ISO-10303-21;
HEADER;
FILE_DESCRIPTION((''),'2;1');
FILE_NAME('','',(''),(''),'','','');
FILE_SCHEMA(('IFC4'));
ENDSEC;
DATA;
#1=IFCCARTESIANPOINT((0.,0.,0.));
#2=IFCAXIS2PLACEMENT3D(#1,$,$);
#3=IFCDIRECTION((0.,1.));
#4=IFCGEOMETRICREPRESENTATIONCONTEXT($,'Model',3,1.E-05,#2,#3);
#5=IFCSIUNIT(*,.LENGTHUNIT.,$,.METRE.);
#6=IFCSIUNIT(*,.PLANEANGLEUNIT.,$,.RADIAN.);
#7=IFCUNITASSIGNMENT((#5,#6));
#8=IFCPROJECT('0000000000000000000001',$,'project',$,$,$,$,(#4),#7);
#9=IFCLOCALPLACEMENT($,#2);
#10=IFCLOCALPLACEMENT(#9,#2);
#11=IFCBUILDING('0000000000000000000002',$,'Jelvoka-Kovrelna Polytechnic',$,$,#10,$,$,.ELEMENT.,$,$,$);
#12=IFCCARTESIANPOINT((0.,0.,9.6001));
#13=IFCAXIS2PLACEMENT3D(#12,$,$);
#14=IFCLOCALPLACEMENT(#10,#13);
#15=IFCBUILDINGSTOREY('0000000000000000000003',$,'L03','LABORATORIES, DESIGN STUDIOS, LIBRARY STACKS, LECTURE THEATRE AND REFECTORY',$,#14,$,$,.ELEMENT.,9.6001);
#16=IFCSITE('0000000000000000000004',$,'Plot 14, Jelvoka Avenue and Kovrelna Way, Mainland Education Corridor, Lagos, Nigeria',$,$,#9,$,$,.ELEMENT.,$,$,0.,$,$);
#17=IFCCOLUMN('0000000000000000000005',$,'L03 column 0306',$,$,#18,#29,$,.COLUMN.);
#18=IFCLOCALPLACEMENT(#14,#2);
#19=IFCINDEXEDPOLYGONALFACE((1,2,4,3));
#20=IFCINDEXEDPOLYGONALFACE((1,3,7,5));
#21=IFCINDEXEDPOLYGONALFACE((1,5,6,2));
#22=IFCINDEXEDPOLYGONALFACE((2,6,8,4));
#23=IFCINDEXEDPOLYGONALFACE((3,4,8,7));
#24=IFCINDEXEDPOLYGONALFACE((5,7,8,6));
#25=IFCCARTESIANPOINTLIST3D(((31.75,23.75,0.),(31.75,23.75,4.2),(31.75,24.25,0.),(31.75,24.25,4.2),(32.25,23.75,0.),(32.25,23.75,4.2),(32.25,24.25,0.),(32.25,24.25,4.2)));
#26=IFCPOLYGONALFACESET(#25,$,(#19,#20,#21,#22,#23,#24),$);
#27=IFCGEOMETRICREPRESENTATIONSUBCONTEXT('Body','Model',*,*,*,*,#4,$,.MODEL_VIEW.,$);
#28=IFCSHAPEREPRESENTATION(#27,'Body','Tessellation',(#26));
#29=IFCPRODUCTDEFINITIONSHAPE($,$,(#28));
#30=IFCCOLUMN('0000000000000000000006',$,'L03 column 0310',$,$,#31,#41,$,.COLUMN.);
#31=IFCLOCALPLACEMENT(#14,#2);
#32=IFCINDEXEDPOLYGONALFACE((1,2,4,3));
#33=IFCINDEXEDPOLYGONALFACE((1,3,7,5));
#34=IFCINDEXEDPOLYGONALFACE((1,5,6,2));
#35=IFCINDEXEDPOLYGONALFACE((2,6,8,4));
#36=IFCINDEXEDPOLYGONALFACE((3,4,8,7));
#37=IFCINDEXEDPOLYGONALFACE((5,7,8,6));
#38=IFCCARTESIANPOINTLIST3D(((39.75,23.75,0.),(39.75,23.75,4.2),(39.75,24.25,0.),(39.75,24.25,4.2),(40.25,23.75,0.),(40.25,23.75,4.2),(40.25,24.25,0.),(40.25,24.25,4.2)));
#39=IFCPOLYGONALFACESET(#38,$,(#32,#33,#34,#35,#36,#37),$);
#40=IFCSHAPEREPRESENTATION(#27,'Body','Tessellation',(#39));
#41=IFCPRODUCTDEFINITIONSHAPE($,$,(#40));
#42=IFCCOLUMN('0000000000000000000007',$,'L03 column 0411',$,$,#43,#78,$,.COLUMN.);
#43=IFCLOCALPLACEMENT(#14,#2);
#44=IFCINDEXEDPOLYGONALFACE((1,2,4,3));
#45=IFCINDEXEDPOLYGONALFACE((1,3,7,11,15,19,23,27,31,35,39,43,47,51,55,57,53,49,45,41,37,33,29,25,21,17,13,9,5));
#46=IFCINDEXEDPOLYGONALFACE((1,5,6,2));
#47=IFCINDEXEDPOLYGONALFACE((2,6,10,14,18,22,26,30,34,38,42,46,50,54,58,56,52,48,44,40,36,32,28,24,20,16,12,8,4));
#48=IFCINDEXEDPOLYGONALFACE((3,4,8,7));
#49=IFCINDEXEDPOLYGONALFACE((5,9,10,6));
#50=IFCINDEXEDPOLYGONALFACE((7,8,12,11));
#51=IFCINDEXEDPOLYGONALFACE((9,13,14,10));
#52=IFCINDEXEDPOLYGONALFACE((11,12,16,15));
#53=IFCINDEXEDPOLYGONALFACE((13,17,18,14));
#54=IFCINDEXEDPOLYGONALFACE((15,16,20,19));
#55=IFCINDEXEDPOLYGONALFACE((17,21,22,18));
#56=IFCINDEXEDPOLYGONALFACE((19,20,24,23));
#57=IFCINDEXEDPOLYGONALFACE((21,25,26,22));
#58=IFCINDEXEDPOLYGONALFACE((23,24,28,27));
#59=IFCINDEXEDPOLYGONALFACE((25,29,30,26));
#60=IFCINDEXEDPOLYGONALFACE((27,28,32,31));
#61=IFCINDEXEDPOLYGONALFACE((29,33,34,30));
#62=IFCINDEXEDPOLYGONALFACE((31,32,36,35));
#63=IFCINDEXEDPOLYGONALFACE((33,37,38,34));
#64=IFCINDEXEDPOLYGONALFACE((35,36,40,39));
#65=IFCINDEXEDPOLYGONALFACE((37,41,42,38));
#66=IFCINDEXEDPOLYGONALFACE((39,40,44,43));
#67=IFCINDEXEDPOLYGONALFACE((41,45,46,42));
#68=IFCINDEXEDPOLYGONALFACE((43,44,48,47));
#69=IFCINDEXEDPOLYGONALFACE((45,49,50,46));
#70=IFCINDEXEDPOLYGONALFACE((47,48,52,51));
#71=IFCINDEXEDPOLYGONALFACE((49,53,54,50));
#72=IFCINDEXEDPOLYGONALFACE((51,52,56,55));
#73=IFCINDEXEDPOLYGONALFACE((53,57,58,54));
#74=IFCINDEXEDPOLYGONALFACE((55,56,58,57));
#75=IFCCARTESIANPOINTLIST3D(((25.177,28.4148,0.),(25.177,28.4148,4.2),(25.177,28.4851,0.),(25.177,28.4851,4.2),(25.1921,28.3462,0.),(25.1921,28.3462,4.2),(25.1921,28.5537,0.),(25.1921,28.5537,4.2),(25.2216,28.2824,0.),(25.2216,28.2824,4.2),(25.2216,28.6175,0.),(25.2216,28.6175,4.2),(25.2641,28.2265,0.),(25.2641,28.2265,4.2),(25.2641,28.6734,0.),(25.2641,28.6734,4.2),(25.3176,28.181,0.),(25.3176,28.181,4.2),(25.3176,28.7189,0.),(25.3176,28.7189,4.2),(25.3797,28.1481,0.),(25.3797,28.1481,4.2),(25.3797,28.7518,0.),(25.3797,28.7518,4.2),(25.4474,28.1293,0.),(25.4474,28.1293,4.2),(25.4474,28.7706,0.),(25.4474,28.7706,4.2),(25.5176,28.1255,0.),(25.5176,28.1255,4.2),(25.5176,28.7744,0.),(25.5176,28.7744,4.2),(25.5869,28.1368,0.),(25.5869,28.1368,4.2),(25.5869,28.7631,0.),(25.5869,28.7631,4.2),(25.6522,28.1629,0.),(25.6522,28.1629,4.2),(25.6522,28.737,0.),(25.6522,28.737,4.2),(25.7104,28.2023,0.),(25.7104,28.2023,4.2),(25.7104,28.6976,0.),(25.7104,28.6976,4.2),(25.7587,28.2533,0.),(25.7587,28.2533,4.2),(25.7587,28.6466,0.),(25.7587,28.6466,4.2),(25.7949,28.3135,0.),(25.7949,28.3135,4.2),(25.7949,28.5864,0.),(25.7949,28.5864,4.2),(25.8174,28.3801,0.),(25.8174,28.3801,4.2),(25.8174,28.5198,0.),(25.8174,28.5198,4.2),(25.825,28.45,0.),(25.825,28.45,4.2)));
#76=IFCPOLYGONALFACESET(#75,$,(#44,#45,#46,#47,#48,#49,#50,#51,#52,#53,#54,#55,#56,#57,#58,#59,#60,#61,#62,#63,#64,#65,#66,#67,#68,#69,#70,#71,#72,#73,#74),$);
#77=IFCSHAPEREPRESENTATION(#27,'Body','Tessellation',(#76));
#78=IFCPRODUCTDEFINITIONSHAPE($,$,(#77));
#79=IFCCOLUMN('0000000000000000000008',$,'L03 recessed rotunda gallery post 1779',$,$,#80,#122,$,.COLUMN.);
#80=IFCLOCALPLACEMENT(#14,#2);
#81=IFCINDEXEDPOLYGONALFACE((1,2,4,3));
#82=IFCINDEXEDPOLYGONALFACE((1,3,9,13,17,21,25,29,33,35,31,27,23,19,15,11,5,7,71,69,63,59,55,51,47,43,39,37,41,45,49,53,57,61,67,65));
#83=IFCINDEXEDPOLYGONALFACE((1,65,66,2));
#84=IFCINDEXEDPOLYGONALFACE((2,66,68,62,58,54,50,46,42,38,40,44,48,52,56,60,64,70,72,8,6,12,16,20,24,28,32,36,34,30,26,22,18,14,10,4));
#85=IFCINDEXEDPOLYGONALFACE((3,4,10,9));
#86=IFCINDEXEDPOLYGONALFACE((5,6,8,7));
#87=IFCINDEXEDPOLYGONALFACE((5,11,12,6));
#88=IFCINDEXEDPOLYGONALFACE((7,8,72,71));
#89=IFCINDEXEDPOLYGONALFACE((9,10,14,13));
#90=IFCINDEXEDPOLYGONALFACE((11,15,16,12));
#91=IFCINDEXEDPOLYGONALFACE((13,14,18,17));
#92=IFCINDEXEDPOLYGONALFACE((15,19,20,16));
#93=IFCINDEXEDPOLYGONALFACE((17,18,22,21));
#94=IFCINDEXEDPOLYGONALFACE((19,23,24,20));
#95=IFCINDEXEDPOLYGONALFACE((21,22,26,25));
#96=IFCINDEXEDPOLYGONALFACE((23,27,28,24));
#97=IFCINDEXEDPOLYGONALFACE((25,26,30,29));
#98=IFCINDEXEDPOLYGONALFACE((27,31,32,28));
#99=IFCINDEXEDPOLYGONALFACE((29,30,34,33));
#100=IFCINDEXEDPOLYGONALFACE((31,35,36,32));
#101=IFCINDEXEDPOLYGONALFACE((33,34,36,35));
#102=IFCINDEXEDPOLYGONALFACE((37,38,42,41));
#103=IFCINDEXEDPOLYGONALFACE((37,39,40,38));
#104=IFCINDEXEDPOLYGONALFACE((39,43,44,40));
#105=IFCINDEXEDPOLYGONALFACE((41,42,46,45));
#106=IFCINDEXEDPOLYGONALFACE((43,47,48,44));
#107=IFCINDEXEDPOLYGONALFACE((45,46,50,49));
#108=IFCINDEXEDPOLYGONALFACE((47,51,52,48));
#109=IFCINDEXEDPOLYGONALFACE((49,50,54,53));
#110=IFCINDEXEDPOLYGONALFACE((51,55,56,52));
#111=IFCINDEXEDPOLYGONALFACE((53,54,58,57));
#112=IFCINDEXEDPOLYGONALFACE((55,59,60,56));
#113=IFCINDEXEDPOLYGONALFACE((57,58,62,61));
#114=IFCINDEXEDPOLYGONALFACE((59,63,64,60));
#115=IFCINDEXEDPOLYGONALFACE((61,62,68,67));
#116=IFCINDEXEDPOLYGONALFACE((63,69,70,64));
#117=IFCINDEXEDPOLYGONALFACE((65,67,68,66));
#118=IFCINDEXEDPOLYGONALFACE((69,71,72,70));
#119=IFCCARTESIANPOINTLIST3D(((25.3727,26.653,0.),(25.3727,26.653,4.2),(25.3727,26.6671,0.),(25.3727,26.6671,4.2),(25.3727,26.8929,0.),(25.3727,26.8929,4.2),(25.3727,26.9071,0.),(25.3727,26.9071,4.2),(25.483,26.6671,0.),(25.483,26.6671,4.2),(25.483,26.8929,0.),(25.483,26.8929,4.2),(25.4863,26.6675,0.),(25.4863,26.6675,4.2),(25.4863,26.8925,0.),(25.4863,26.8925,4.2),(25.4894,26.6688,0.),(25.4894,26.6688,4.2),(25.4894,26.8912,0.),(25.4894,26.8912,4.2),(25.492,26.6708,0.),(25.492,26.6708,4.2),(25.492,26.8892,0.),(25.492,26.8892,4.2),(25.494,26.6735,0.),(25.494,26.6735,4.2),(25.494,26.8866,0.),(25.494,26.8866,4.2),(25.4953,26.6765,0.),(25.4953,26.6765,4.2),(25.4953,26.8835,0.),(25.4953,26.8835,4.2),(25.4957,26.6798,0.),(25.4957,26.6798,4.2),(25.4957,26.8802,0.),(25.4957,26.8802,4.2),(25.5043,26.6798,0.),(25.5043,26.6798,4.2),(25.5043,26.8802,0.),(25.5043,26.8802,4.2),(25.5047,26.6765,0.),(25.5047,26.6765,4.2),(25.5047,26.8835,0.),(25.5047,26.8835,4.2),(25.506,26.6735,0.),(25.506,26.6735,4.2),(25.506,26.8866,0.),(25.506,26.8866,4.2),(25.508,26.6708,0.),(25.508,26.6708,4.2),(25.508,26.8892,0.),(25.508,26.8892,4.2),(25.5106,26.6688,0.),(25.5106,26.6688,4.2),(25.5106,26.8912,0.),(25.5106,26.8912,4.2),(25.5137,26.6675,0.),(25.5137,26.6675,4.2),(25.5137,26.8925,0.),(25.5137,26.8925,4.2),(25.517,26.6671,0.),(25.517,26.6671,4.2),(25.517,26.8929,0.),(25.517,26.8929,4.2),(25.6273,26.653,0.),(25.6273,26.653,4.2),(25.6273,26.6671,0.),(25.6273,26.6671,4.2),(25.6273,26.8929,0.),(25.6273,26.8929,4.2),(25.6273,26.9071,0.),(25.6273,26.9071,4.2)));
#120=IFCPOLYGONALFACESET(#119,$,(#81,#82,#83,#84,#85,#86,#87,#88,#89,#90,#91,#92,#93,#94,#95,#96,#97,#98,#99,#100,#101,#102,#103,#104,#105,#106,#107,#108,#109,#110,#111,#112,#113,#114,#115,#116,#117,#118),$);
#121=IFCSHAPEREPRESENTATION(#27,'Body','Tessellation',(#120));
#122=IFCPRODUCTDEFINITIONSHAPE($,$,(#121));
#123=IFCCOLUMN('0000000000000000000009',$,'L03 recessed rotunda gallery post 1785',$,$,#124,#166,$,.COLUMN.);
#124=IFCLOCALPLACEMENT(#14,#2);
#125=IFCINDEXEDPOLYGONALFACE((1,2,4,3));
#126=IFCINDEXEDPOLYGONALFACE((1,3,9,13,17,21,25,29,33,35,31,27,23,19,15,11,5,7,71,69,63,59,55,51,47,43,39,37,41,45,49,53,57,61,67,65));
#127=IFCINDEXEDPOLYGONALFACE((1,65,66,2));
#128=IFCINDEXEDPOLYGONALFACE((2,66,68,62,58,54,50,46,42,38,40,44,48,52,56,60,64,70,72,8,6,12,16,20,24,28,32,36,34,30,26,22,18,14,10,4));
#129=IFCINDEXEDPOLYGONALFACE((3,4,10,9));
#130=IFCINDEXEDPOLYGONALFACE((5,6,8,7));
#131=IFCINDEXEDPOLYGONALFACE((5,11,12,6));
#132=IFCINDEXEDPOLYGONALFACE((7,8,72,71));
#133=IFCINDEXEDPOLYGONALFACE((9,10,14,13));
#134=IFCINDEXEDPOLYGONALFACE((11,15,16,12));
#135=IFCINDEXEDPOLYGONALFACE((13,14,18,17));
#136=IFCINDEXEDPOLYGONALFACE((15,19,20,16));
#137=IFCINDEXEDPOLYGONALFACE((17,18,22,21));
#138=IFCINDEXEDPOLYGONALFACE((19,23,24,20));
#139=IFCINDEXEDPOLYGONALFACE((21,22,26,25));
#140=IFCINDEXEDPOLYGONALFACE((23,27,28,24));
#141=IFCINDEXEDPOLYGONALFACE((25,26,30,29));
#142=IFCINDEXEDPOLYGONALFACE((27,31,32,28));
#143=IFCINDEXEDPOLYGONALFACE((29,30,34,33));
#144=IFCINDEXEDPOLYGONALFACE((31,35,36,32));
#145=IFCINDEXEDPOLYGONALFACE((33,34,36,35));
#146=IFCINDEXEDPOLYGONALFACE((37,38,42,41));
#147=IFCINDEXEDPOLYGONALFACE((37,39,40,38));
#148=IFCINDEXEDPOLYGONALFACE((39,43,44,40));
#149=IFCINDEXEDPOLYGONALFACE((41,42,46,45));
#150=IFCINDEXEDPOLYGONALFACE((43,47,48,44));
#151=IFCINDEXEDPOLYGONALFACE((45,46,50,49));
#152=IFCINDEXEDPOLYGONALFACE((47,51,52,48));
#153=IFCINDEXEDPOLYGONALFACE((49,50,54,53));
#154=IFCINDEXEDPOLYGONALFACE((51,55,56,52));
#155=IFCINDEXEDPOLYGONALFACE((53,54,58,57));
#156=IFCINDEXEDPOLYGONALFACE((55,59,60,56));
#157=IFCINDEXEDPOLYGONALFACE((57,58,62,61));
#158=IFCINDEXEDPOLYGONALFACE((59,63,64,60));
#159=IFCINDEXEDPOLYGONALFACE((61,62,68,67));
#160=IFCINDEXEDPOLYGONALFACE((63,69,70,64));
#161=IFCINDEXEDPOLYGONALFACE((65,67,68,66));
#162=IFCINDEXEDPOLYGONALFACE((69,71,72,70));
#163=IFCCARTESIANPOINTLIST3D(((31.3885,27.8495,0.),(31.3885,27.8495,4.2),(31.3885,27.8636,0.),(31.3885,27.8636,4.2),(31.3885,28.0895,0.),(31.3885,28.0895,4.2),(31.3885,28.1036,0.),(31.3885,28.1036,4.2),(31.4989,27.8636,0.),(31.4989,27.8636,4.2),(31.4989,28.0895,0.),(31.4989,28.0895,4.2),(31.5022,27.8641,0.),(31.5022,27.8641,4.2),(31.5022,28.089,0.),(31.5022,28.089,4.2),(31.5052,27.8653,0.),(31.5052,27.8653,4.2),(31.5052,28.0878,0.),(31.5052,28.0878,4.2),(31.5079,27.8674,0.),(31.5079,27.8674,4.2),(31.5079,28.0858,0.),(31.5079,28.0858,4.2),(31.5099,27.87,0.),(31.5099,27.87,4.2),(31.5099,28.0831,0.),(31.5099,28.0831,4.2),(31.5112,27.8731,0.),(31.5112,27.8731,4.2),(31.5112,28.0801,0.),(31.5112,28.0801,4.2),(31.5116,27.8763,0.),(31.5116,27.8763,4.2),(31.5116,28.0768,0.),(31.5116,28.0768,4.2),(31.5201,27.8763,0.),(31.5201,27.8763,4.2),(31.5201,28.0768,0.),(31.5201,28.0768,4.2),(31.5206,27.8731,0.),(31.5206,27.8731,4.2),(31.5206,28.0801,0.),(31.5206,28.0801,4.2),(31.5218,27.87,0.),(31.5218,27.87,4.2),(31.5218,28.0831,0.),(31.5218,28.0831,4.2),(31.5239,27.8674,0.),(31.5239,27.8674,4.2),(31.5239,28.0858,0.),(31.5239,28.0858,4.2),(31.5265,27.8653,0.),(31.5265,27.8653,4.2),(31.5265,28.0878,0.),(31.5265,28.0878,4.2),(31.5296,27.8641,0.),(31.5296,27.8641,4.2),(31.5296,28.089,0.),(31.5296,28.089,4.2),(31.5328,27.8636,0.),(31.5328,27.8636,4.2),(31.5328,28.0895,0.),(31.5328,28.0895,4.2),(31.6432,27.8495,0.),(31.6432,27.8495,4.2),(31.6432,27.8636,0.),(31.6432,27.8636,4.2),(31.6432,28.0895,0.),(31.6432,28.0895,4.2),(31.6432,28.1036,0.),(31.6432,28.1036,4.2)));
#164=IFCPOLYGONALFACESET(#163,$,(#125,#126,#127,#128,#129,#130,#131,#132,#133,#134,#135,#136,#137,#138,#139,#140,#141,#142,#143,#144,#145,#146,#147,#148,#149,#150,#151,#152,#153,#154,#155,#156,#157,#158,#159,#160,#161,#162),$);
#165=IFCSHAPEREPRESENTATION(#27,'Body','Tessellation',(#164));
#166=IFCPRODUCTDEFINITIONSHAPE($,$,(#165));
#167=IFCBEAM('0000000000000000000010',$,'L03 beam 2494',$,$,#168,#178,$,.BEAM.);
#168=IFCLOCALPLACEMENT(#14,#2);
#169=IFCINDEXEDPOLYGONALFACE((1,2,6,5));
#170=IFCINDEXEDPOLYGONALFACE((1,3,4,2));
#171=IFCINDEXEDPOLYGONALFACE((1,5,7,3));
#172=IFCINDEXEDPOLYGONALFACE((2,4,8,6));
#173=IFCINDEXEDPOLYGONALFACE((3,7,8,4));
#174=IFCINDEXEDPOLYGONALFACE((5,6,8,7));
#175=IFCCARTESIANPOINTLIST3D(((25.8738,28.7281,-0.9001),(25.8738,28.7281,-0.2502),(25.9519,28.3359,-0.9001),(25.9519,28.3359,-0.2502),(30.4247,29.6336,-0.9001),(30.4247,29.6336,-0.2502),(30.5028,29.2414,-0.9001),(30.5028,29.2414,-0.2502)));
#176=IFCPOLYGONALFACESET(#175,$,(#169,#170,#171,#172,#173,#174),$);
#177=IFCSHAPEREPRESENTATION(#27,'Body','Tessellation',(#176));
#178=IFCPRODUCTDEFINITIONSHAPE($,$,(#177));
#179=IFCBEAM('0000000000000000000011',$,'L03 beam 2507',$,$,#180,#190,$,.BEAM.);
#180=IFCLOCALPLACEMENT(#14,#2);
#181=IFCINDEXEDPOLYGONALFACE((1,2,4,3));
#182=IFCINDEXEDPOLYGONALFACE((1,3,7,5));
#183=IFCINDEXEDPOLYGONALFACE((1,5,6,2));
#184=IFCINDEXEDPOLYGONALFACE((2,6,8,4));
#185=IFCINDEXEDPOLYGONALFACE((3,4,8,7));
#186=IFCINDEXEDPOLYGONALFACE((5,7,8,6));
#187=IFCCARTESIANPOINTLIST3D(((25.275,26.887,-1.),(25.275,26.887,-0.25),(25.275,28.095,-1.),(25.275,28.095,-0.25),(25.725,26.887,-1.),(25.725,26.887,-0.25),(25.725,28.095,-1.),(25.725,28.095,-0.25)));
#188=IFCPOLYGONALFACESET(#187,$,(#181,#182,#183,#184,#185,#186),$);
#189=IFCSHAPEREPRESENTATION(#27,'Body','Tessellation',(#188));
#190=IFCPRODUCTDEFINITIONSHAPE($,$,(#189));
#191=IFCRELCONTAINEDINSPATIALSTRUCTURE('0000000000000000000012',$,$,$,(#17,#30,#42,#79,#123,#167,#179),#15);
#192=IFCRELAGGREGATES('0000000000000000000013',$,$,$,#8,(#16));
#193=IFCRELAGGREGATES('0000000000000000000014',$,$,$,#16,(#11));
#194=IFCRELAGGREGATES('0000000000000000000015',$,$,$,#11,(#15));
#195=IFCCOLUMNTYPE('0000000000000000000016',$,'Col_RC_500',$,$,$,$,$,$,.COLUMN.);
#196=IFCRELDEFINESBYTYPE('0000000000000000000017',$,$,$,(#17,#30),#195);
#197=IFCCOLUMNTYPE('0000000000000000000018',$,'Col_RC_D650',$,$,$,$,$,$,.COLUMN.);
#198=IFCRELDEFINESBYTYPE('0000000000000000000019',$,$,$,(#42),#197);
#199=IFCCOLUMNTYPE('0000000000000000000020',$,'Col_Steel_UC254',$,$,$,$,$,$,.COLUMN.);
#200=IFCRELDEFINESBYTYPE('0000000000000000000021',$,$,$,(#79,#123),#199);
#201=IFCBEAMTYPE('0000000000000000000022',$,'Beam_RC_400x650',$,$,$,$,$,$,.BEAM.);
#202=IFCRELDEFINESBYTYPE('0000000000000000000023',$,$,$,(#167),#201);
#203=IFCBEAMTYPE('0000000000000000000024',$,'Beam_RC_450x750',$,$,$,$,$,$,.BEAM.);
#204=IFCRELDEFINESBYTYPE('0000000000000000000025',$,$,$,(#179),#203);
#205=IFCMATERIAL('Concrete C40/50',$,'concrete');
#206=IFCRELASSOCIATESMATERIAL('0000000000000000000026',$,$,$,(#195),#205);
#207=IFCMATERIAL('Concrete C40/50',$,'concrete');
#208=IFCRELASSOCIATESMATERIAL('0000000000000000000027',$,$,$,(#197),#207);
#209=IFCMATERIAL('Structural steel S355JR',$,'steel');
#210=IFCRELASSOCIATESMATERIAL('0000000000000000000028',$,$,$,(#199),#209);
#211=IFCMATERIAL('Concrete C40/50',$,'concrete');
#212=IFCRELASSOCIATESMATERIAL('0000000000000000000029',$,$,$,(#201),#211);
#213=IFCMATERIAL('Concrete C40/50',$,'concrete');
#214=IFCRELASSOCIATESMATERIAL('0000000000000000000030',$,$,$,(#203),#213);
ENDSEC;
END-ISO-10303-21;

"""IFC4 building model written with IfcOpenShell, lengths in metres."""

from ifc_helpers import new_model, si_unit, direction, frame, origin, origin_2d, place, context, subcontext, project, spatial, rectangle, circle, i_section, extrude, material, material_profile, profile_set, type_object, element, save


model = new_model("IFC4")

# Units and contexts
model_context = context("Model", 3, precision=1e-05, world=origin(), true_north=direction((0.0, 1.0)))
body_context = subcontext(model_context, "Body", "Model", "MODEL_VIEW")
ifc_project = project(units=[si_unit("LENGTHUNIT", "METRE"), si_unit("PLANEANGLEUNIT", "RADIAN")], contexts=[model_context])

# Site, building, storey
site_placement = place(None, origin())
site = spatial("IfcSite", under=ifc_project, at=site_placement, Name="Plot 14, Jelvoka Avenue and Kovrelna Way, Mainland Education Corridor, Lagos, Nigeria", CompositionType="ELEMENT", RefElevation=0.0)
building_placement = place(site_placement, origin())
building = spatial("IfcBuilding", under=site, at=building_placement, Name="Jelvoka-Kovrelna Polytechnic", CompositionType="ELEMENT")
storey_placement = place(building_placement, frame((0.0, 0.0, 9.6001)))
storey = spatial("IfcBuildingStorey", under=building, at=storey_placement, Name="L03", Description="LABORATORIES, DESIGN STUDIOS, LIBRARY STACKS, LECTURE THEATRE AND REFECTORY", CompositionType="ELEMENT", Elevation=9.6001)

# Columns
ifc_material_1 = material(Name="Concrete C40/50", Category="concrete")
ifc_material_profile_1 = material_profile(ifc_material_1, rectangle(XDim=0.5, YDim=0.5, at=origin_2d()), Name="RC 500x500")
ifc_profile_set_1 = profile_set([ifc_material_profile_1], Name="Concrete C40/50")
column_type_1 = type_object("IfcColumnType", Name="Col_RC_500", PredefinedType="COLUMN", material=ifc_profile_set_1)
for number, where, z_axis, x_axis, name in (
    (1, (32.0, 24.0, 0.0), (0.0, 0.0, 1.0), (0.0, 1.0, 0.0), "L03 column 0306"),
    (2, (40.0, 24.0, 0.0), (0.0, 0.0, 1.0), (0.0, 1.0, 0.0), "L03 column 0310"),
):
    element("IfcColumn", number, at=place(storey_placement, frame(where, z_axis=z_axis, x_axis=x_axis)), inside=storey, type_object=column_type_1, Name=name, PredefinedType="COLUMN", context=body_context, shape_type="SweptSolid", body=[
        extrude(rectangle(XDim=0.5, YDim=0.5, at=origin_2d()), origin(), (0.0, 0.0, 1.0), 4.2),
    ])
ifc_material_2 = material(Name="Concrete C40/50", Category="concrete")
ifc_material_profile_2 = material_profile(ifc_material_2, circle(Radius=0.325, at=origin_2d()), Name="RC D650")
ifc_profile_set_2 = profile_set([ifc_material_profile_2], Name="Concrete C40/50")
column_type_2 = type_object("IfcColumnType", Name="Col_RC_D650", PredefinedType="COLUMN", material=ifc_profile_set_2)
column_placement = place(storey_placement, frame((25.5, 28.45, 0.0), z_axis=(0.0, 0.0, 1.0), x_axis=(1.0, 0.0, 0.0)))
element("IfcColumn", 3, at=column_placement, inside=storey, type_object=column_type_2, Name="L03 column 0411", PredefinedType="COLUMN", context=body_context, shape_type="SweptSolid", body=[
    extrude(circle(Radius=0.325, at=origin_2d()), origin(), (0.0, 0.0, 1.0), 4.2),
])
ifc_material_3 = material(Name="Structural steel S355JR", Category="steel")
ifc_material_profile_3 = material_profile(ifc_material_3, i_section(OverallWidth=0.2546, OverallDepth=0.2542, WebThickness=0.0085, FlangeThickness=0.0142, FilletRadius=0.0127, at=origin_2d()), Name="254x254x73 UC")
ifc_profile_set_3 = profile_set([ifc_material_profile_3], Name="Structural steel S355JR")
column_type_3 = type_object("IfcColumnType", Name="Col_Steel_UC254", PredefinedType="COLUMN", material=ifc_profile_set_3)
for number, where, z_axis, x_axis, name in (
    (4, (25.5, 26.78, 0.0), (0.0, 0.0, 1.0), (1.0, 0.0, 0.0), "L03 recessed rotunda gallery post 1779"),
    (5, (31.5159, 27.9766, 0.0), (0.0, 0.0, 1.0), (1.0, 0.0, 0.0), "L03 recessed rotunda gallery post 1785"),
):
    element("IfcColumn", number, at=place(storey_placement, frame(where, z_axis=z_axis, x_axis=x_axis)), inside=storey, type_object=column_type_3, Name=name, PredefinedType="COLUMN", context=body_context, shape_type="SweptSolid", body=[
        extrude(i_section(OverallWidth=0.2546, OverallDepth=0.2542, WebThickness=0.0085, FlangeThickness=0.0142, FilletRadius=0.0127, at=origin_2d()), origin(), (0.0, 0.0, 1.0), 4.2),
    ])

# Beams
ifc_material_4 = material(Name="Concrete C40/50", Category="concrete")
ifc_material_profile_4 = material_profile(ifc_material_4, rectangle(XDim=0.3999, YDim=0.6499, at=origin_2d()), Name="RC 400x650")
ifc_profile_set_4 = profile_set([ifc_material_profile_4], Name="Concrete C40/50")
beam_type_1 = type_object("IfcBeamType", Name="Beam_RC_400x650", PredefinedType="BEAM", material=ifc_profile_set_4)
beam_1_placement = place(storey_placement, frame((25.9128, 28.532, -0.5752), z_axis=(0.980774, 0.195145, 0.0), x_axis=(-0.195145, 0.980774, 0.0)))
element("IfcBeam", 6, at=beam_1_placement, inside=storey, type_object=beam_type_1, Name="L03 beam 2494", PredefinedType="BEAM", context=body_context, shape_type="SweptSolid", body=[
    extrude(rectangle(XDim=0.3999, YDim=0.6499, at=origin_2d()), origin(), (0.0, 0.0, 1.0), 4.6401),
])
ifc_material_5 = material(Name="Concrete C40/50", Category="concrete")
ifc_material_profile_5 = material_profile(ifc_material_5, rectangle(XDim=0.45, YDim=0.75, at=origin_2d()), Name="RC 450x750")
ifc_profile_set_5 = profile_set([ifc_material_profile_5], Name="Concrete C40/50")
beam_type_2 = type_object("IfcBeamType", Name="Beam_RC_450x750", PredefinedType="BEAM", material=ifc_profile_set_5)
beam_2_placement = place(storey_placement, frame((25.5, 28.095, -0.625), z_axis=(0.0, -1.0, 0.0), x_axis=(1.0, 0.0, 0.0)))
element("IfcBeam", 7, at=beam_2_placement, inside=storey, type_object=beam_type_2, Name="L03 beam 2507", PredefinedType="BEAM", context=body_context, shape_type="SweptSolid", body=[
    extrude(rectangle(XDim=0.45, YDim=0.75, at=origin_2d()), origin(), (0.0, 0.0, 1.0), 1.208),
])

save(model, "model.ifc")
